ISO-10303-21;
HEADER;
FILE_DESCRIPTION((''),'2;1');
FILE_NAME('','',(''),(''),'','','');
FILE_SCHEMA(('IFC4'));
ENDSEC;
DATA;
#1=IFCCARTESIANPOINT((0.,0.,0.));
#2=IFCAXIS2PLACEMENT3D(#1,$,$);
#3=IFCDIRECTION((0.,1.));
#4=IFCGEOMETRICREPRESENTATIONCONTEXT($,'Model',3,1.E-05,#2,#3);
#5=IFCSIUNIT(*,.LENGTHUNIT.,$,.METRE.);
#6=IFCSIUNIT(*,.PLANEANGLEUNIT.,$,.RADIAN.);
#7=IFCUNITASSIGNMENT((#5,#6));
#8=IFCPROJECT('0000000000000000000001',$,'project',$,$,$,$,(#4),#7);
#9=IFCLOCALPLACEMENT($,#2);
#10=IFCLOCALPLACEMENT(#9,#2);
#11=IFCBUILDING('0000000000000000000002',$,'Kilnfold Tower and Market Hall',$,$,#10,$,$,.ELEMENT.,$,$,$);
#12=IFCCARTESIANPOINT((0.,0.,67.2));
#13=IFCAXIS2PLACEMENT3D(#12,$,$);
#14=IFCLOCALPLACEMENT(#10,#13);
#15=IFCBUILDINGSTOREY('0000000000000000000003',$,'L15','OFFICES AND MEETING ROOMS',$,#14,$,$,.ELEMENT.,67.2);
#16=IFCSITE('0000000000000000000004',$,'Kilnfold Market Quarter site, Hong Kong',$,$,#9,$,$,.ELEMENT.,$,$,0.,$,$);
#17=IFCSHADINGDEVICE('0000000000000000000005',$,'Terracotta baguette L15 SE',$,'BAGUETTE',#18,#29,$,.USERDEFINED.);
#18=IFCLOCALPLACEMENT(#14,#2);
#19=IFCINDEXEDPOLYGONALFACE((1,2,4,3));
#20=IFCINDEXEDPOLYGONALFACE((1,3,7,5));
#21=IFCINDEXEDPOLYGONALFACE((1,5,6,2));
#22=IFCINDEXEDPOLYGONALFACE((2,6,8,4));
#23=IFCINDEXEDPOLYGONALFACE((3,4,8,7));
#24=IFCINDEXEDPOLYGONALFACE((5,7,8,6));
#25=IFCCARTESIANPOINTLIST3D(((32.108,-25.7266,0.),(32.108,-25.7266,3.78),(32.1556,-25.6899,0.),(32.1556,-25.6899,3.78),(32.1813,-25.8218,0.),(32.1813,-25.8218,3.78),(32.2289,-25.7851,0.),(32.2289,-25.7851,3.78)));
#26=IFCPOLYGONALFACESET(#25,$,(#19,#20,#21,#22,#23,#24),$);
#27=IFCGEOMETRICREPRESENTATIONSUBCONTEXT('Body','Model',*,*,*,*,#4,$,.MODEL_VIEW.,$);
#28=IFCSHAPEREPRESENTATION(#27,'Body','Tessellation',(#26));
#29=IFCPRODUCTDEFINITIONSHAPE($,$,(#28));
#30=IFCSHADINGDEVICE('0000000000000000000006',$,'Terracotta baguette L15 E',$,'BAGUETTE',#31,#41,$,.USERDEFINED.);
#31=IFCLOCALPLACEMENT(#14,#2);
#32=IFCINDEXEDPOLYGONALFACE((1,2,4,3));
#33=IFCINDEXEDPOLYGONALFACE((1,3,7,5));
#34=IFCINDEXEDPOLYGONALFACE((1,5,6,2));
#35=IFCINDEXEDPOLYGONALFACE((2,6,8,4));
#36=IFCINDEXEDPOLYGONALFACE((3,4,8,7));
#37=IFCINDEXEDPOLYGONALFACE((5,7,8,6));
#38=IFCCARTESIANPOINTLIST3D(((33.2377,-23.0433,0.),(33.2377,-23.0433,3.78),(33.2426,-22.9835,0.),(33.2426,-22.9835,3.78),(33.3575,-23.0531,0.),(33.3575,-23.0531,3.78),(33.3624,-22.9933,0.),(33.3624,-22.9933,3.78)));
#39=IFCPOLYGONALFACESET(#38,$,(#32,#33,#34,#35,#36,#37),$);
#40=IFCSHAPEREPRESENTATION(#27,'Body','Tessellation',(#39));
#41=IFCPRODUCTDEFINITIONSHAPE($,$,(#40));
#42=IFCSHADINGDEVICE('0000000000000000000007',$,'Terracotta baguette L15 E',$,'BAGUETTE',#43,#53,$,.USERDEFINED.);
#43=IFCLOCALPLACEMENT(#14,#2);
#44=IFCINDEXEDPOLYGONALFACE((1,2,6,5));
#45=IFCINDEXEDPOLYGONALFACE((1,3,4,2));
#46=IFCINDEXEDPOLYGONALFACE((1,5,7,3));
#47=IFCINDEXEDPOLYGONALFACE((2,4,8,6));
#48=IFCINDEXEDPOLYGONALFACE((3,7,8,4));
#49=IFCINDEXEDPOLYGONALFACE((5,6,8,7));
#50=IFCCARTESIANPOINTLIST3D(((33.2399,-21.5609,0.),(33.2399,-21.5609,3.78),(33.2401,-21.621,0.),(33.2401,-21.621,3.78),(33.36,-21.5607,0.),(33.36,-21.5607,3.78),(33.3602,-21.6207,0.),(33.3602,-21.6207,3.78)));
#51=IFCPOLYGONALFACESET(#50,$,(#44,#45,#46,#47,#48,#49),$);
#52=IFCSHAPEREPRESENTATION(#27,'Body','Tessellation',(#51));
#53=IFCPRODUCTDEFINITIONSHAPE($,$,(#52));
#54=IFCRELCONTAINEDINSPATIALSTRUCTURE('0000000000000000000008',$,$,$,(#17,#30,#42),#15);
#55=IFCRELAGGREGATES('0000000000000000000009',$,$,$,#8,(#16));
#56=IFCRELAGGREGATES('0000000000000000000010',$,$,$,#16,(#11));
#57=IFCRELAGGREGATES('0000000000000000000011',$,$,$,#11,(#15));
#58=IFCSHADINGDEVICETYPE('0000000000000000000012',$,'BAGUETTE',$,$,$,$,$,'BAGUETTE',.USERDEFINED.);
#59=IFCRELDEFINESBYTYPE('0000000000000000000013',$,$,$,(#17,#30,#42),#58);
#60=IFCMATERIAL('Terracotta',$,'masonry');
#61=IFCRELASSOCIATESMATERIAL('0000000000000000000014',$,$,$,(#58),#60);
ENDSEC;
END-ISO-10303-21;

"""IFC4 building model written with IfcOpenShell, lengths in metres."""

from ifc_helpers import new_model, si_unit, direction, frame, origin, origin_2d, place, context, subcontext, project, spatial, rectangle, extrude, source, transform, mapped, material, material_profile, profile_set, type_object, element, save


model = new_model("IFC4")

# Units and contexts
model_context = context("Model", 3, precision=1e-05, world=origin(), true_north=direction((0.0, 1.0)))
body_context = subcontext(model_context, "Body", "Model", "MODEL_VIEW")
ifc_project = project(units=[si_unit("LENGTHUNIT", "METRE"), si_unit("PLANEANGLEUNIT", "RADIAN")], contexts=[model_context])

# Site, building, storey
site_placement = place(None, origin())
site = spatial("IfcSite", under=ifc_project, at=site_placement, Name="Kilnfold Market Quarter site, Hong Kong", CompositionType="ELEMENT", RefElevation=0.0)
building_placement = place(site_placement, origin())
building = spatial("IfcBuilding", under=site, at=building_placement, Name="Kilnfold Tower and Market Hall", CompositionType="ELEMENT")
storey_placement = place(building_placement, frame((0.0, 0.0, 67.2)))
storey = spatial("IfcBuildingStorey", under=building, at=storey_placement, Name="L15", Description="OFFICES AND MEETING ROOMS", CompositionType="ELEMENT", Elevation=67.2)

# Shading devices
ifc_material_1 = material(Name="Terracotta", Category="masonry")
ifc_material_profile_1 = material_profile(ifc_material_1, rectangle(XDim=0.0601, YDim=0.1201, at=origin_2d()), Name="BAG 60x120")
ifc_profile_set_1 = profile_set([ifc_material_profile_1], Name="Terracotta")
shading_device_type = type_object("IfcShadingDeviceType", Name="BAGUETTE", ElementType="BAGUETTE", PredefinedType="USERDEFINED", material=ifc_profile_set_1)
shared_shape_1 = source(origin(), body_context, "Body", "SweptSolid", [
    extrude(rectangle(XDim=0.0601, YDim=0.1201, at=origin_2d()), origin(), (0.0, 0.0, 1.0), 3.78),
])
for number, where, z_axis, x_axis, name in (
    (1, (32.1685, -25.7559, 0.0), (0.0, 0.0, 1.0), (0.792522, 0.609844, 0.0), "Terracotta baguette L15 SE"),
    (2, (33.3, -23.0183, 0.0), (0.0, 0.0, 1.0), (0.081697, 0.996657, 0.0), "Terracotta baguette L15 E"),
    (3, (33.3, -21.5908, 0.0), (0.0, 0.0, 1.0), (-0.002058, 0.999998, 0.0), "Terracotta baguette L15 E"),
):
    element("IfcShadingDevice", number, at=place(storey_placement, frame(where, z_axis=z_axis, x_axis=x_axis)), inside=storey, type_object=shading_device_type, Name=name, ObjectType="BAGUETTE", PredefinedType="USERDEFINED", context=body_context, shape_type="MappedRepresentation", body=[
        mapped(shared_shape_1, transform((0.0, 0.0, 0.0))),
    ])

save(model, "model.ifc")
